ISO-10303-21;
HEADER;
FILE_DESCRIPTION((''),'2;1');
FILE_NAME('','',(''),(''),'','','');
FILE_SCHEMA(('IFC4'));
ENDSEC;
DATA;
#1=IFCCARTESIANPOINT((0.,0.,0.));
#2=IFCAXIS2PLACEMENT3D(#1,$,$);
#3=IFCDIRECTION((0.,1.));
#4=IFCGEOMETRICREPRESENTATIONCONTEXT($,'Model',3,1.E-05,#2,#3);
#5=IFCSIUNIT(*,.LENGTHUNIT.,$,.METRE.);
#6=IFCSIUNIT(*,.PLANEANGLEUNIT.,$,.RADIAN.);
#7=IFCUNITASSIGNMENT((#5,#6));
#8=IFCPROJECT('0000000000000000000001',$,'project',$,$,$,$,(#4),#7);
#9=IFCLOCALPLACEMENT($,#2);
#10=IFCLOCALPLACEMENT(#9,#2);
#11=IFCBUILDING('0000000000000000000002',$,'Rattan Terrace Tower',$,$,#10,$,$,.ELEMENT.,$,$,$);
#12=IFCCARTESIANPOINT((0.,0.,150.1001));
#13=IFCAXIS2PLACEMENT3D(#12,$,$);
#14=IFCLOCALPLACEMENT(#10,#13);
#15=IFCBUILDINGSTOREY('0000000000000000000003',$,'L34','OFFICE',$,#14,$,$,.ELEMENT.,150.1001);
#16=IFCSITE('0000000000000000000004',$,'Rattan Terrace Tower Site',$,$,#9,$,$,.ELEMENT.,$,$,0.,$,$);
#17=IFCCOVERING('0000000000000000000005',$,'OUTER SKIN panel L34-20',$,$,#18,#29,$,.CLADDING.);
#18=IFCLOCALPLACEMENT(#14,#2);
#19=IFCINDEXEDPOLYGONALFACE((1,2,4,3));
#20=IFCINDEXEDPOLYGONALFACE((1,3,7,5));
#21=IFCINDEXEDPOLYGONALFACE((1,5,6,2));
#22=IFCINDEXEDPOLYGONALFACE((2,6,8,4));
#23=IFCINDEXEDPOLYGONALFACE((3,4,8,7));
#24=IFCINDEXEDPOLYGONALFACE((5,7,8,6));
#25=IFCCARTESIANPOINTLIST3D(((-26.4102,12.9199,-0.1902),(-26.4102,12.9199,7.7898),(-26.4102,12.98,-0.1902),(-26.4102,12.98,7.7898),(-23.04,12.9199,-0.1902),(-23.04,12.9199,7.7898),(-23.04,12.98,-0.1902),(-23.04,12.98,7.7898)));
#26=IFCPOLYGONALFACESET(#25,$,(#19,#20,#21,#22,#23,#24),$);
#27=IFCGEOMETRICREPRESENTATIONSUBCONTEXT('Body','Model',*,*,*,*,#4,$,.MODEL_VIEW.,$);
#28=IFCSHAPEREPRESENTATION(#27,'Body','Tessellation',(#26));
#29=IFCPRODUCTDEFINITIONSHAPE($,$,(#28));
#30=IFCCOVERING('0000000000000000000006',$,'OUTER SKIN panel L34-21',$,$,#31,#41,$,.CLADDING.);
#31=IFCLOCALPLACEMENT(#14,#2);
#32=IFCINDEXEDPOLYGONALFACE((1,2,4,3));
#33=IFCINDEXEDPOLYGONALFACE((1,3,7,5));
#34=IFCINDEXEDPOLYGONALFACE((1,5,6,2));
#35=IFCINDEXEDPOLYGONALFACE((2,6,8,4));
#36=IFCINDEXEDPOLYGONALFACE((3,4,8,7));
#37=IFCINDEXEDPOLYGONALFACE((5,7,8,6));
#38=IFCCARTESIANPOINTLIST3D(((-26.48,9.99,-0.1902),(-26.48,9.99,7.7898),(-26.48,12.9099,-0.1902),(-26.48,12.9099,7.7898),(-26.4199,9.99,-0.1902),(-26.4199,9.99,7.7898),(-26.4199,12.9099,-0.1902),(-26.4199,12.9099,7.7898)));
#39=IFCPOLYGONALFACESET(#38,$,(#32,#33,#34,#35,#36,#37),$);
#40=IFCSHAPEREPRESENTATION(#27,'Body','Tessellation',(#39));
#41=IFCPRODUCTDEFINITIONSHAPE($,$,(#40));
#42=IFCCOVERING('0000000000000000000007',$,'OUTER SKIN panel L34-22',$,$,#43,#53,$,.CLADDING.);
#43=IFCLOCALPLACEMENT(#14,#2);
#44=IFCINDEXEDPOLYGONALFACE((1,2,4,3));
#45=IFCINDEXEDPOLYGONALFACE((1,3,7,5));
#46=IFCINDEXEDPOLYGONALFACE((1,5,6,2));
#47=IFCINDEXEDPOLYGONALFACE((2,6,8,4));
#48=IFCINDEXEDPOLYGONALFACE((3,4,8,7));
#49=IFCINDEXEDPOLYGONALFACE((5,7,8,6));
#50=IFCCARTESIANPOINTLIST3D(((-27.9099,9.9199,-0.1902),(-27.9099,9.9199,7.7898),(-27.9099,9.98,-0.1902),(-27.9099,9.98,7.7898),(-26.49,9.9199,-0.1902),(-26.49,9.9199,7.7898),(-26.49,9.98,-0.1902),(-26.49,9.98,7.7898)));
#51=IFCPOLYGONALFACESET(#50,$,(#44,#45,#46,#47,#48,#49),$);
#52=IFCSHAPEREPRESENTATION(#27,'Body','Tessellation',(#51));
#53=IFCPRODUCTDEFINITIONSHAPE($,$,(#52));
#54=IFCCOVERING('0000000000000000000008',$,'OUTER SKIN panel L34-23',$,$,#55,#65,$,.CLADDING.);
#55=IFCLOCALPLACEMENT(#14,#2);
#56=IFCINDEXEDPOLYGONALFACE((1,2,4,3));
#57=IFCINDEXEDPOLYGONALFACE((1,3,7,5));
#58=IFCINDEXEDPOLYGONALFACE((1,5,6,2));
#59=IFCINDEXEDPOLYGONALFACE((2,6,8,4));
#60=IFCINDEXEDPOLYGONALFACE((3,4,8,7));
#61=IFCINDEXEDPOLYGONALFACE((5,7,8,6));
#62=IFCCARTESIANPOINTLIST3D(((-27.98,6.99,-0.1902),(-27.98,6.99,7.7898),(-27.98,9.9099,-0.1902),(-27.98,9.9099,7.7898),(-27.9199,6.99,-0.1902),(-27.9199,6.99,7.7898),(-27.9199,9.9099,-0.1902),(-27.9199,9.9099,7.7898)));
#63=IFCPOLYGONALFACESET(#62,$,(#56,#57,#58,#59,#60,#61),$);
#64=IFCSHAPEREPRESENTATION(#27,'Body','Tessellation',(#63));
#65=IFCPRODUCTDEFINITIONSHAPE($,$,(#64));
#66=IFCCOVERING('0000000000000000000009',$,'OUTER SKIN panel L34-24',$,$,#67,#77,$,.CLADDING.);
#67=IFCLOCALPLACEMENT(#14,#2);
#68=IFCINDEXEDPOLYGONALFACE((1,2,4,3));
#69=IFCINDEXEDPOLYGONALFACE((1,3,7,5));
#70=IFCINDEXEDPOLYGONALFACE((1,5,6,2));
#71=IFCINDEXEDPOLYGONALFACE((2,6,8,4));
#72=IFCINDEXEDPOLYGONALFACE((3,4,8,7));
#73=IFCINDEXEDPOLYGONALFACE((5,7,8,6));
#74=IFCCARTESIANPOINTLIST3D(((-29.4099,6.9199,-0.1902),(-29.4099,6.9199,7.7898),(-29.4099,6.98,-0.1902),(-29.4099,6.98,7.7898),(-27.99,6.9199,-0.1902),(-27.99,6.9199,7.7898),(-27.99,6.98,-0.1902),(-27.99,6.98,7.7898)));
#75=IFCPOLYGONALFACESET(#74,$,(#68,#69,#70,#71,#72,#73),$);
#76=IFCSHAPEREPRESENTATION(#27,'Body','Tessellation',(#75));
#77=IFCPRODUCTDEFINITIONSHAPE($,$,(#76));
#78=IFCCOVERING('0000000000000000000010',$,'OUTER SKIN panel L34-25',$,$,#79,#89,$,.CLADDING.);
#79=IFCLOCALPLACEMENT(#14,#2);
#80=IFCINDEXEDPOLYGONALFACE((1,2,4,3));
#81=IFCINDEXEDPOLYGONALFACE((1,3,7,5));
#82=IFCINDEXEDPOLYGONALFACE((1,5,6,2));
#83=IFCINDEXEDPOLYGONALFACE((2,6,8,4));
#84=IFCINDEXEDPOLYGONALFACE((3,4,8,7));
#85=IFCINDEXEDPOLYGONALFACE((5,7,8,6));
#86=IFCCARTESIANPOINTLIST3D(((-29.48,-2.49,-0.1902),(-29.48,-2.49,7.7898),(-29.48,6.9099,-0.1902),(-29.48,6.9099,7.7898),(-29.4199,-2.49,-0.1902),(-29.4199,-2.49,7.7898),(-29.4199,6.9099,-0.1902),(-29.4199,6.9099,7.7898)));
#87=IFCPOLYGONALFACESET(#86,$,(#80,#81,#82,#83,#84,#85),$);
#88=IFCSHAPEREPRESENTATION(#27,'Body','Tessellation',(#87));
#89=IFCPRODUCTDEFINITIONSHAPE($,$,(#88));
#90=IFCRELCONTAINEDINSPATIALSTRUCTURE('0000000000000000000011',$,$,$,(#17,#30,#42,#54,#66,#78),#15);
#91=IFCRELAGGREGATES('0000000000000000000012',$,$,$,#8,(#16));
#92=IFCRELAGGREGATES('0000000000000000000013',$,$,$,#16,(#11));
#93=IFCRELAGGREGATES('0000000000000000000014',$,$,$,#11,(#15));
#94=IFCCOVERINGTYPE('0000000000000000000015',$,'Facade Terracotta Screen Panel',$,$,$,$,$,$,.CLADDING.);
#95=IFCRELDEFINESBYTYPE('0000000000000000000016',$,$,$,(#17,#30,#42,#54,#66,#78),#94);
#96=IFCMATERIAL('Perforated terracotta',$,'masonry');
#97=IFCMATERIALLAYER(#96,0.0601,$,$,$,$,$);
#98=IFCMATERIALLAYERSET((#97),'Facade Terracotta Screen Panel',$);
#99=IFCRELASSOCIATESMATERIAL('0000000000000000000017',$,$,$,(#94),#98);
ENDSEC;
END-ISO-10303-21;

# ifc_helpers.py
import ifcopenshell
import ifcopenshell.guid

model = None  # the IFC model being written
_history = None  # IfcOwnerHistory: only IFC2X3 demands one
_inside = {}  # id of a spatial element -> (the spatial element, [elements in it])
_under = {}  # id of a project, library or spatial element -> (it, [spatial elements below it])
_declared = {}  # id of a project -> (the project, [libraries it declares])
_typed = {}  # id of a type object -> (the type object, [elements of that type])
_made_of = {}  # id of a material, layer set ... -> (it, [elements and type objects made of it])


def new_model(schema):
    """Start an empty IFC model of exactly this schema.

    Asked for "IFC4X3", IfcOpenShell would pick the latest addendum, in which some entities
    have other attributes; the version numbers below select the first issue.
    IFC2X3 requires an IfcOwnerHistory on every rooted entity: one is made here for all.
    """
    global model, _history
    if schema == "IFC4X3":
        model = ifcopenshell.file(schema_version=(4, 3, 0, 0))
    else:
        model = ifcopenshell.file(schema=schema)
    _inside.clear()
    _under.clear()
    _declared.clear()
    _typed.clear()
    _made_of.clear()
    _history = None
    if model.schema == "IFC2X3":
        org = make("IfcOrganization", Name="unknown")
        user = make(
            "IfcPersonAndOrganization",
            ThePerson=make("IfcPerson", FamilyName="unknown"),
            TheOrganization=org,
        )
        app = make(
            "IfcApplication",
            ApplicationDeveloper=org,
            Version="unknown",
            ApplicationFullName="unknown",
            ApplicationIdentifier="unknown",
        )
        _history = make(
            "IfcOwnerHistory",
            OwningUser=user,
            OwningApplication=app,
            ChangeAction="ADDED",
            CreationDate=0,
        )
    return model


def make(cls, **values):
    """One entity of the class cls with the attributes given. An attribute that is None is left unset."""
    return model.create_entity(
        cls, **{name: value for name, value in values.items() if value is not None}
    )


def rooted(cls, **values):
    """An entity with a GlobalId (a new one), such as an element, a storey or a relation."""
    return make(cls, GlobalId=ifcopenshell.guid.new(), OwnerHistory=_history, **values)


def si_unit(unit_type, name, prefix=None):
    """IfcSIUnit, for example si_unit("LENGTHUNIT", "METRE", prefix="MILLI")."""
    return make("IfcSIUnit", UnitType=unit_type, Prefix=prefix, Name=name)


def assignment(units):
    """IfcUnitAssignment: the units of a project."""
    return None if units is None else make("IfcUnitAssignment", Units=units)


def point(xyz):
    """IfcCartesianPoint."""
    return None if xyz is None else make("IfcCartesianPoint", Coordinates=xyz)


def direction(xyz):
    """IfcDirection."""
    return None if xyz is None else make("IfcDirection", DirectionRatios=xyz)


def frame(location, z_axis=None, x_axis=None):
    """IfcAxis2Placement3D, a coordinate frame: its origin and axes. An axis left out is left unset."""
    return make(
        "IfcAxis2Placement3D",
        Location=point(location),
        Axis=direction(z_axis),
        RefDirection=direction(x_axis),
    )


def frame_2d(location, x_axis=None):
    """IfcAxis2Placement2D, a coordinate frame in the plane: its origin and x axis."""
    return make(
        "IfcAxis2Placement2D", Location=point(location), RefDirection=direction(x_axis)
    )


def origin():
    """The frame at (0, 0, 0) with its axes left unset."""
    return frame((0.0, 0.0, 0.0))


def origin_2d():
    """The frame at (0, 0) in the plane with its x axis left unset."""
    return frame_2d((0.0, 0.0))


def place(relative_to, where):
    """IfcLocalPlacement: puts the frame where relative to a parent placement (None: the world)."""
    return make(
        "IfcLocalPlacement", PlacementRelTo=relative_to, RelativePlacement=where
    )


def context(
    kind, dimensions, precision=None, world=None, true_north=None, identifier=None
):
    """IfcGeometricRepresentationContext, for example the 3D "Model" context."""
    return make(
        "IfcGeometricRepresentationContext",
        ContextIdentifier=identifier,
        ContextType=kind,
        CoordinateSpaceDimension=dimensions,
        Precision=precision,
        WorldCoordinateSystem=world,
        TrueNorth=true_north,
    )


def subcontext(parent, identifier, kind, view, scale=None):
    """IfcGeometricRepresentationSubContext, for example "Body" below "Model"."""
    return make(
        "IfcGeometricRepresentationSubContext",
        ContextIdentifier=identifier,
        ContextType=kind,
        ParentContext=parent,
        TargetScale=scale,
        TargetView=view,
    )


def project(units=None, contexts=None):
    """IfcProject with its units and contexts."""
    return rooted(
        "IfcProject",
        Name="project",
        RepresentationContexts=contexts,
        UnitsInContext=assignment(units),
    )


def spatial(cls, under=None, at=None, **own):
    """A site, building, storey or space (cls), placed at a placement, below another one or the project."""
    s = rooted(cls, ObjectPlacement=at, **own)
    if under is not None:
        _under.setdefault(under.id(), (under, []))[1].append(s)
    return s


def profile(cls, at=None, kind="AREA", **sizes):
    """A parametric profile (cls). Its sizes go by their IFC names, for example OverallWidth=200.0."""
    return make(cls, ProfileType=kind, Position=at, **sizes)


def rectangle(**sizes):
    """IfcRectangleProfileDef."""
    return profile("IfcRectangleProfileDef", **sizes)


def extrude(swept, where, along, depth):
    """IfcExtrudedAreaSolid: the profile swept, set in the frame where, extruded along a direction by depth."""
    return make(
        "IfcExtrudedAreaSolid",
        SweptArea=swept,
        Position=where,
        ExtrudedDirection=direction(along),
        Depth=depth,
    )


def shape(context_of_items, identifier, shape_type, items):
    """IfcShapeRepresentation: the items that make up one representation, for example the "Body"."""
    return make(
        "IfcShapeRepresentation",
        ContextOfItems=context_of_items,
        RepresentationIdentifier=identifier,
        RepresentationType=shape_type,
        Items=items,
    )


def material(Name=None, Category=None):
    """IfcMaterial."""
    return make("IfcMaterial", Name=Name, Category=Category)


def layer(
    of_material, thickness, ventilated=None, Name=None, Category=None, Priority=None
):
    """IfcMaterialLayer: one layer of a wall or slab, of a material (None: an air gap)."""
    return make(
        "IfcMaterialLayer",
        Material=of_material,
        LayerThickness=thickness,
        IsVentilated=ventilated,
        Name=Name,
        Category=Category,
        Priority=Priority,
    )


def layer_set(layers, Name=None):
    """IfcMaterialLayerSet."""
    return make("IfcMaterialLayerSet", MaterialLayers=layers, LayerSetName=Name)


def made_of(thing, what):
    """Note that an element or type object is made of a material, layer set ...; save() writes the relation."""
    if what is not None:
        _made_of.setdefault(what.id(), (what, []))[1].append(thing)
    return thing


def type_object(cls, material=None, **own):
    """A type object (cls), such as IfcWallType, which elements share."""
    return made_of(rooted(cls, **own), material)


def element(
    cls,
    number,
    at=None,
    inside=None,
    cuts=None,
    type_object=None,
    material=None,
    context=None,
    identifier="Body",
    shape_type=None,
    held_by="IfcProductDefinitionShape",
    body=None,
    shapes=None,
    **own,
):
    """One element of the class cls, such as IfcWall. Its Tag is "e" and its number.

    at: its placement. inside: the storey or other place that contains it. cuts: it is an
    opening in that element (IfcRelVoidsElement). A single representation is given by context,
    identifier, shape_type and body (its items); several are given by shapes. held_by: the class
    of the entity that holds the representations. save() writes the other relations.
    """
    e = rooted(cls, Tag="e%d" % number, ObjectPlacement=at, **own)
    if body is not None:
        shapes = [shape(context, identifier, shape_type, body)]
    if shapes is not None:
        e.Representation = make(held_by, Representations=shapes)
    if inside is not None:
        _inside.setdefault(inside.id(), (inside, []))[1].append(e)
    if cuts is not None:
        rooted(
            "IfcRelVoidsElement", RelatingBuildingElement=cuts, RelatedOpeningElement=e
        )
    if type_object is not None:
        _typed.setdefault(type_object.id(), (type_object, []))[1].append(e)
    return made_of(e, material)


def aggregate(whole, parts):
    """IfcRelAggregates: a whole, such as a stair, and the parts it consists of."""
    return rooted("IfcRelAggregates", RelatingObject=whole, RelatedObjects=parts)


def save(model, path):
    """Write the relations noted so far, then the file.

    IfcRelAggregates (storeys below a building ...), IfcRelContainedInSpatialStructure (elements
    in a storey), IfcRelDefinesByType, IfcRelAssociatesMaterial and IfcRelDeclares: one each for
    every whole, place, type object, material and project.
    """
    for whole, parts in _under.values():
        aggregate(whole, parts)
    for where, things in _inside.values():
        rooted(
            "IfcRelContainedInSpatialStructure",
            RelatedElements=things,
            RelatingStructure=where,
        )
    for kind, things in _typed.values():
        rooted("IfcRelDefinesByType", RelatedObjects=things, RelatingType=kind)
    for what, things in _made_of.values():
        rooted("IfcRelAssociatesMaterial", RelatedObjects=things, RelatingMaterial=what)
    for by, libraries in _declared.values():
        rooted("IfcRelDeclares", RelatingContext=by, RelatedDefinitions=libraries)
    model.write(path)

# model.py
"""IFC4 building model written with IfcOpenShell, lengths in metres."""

from ifc_helpers import new_model, si_unit, direction, frame, origin, origin_2d, place, context, subcontext, project, spatial, rectangle, extrude, material, layer, layer_set, type_object, element, save


model = new_model("IFC4")

# Units and contexts
model_context = context("Model", 3, precision=1e-05, world=origin(), true_north=direction((0.0, 1.0)))
body_context = subcontext(model_context, "Body", "Model", "MODEL_VIEW")
ifc_project = project(units=[si_unit("LENGTHUNIT", "METRE"), si_unit("PLANEANGLEUNIT", "RADIAN")], contexts=[model_context])

# Site, building, storey
site_placement = place(None, origin())
site = spatial("IfcSite", under=ifc_project, at=site_placement, Name="Rattan Terrace Tower Site", CompositionType="ELEMENT", RefElevation=0.0)
building_placement = place(site_placement, origin())
building = spatial("IfcBuilding", under=site, at=building_placement, Name="Rattan Terrace Tower", CompositionType="ELEMENT")
storey_placement = place(building_placement, frame((0.0, 0.0, 150.1001)))
storey = spatial("IfcBuildingStorey", under=building, at=storey_placement, Name="L34", Description="OFFICE", CompositionType="ELEMENT", Elevation=150.1001)

# Coverings
ifc_material_1 = material(Name="Perforated terracotta", Category="masonry")
ifc_layer_1 = layer(ifc_material_1, 0.0601)
ifc_layer_set_1 = layer_set([ifc_layer_1], Name="Facade Terracotta Screen Panel")
covering_type = type_object("IfcCoveringType", Name="Facade Terracotta Screen Panel", PredefinedType="CLADDING", material=ifc_layer_set_1)
covering_1_placement = place(storey_placement, frame((-24.7251, 12.95, -0.1902), z_axis=(0.0, 0.0, 1.0), x_axis=(-1.0, 0.0, 0.0)))
element("IfcCovering", 1, at=covering_1_placement, inside=storey, type_object=covering_type, Name="OUTER SKIN panel L34-20", PredefinedType="CLADDING", context=body_context, shape_type="SweptSolid", body=[
    extrude(rectangle(XDim=3.3701, YDim=0.0601, at=origin_2d()), origin(), (0.0, 0.0, 1.0), 7.98),
])
covering_2_placement = place(storey_placement, frame((-26.45, 11.45, -0.1902), z_axis=(0.0, 0.0, 1.0), x_axis=(0.0, -1.0, 0.0)))
element("IfcCovering", 2, at=covering_2_placement, inside=storey, type_object=covering_type, Name="OUTER SKIN panel L34-21", PredefinedType="CLADDING", context=body_context, shape_type="SweptSolid", body=[
    extrude(rectangle(XDim=2.9199, YDim=0.0601, at=origin_2d()), origin(), (0.0, 0.0, 1.0), 7.98),
])
covering_3_placement = place(storey_placement, frame((-27.2, 9.95, -0.1902), z_axis=(0.0, 0.0, 1.0), x_axis=(-1.0, 0.0, 0.0)))
element("IfcCovering", 3, at=covering_3_placement, inside=storey, type_object=covering_type, Name="OUTER SKIN panel L34-22", PredefinedType="CLADDING", context=body_context, shape_type="SweptSolid", body=[
    extrude(rectangle(XDim=1.4199, YDim=0.0601, at=origin_2d()), origin(), (0.0, 0.0, 1.0), 7.98),
])
covering_4_placement = place(storey_placement, frame((-27.95, 8.45, -0.1902), z_axis=(0.0, 0.0, 1.0), x_axis=(0.0, -1.0, 0.0)))
element("IfcCovering", 4, at=covering_4_placement, inside=storey, type_object=covering_type, Name="OUTER SKIN panel L34-23", PredefinedType="CLADDING", context=body_context, shape_type="SweptSolid", body=[
    extrude(rectangle(XDim=2.9199, YDim=0.0601, at=origin_2d()), origin(), (0.0, 0.0, 1.0), 7.98),
])
covering_5_placement = place(storey_placement, frame((-28.7, 6.95, -0.1902), z_axis=(0.0, 0.0, 1.0), x_axis=(-1.0, 0.0, 0.0)))
element("IfcCovering", 5, at=covering_5_placement, inside=storey, type_object=covering_type, Name="OUTER SKIN panel L34-24", PredefinedType="CLADDING", context=body_context, shape_type="SweptSolid", body=[
    extrude(rectangle(XDim=1.4199, YDim=0.0601, at=origin_2d()), origin(), (0.0, 0.0, 1.0), 7.98),
])
covering_6_placement = place(storey_placement, frame((-29.45, 2.21, -0.1902), z_axis=(0.0, 0.0, 1.0), x_axis=(0.0, -1.0, 0.0)))
element("IfcCovering", 6, at=covering_6_placement, inside=storey, type_object=covering_type, Name="OUTER SKIN panel L34-25", PredefinedType="CLADDING", context=body_context, shape_type="SweptSolid", body=[
    extrude(rectangle(XDim=9.3999, YDim=0.0601, at=origin_2d()), origin(), (0.0, 0.0, 1.0), 7.98),
])

save(model, "model.ifc")
